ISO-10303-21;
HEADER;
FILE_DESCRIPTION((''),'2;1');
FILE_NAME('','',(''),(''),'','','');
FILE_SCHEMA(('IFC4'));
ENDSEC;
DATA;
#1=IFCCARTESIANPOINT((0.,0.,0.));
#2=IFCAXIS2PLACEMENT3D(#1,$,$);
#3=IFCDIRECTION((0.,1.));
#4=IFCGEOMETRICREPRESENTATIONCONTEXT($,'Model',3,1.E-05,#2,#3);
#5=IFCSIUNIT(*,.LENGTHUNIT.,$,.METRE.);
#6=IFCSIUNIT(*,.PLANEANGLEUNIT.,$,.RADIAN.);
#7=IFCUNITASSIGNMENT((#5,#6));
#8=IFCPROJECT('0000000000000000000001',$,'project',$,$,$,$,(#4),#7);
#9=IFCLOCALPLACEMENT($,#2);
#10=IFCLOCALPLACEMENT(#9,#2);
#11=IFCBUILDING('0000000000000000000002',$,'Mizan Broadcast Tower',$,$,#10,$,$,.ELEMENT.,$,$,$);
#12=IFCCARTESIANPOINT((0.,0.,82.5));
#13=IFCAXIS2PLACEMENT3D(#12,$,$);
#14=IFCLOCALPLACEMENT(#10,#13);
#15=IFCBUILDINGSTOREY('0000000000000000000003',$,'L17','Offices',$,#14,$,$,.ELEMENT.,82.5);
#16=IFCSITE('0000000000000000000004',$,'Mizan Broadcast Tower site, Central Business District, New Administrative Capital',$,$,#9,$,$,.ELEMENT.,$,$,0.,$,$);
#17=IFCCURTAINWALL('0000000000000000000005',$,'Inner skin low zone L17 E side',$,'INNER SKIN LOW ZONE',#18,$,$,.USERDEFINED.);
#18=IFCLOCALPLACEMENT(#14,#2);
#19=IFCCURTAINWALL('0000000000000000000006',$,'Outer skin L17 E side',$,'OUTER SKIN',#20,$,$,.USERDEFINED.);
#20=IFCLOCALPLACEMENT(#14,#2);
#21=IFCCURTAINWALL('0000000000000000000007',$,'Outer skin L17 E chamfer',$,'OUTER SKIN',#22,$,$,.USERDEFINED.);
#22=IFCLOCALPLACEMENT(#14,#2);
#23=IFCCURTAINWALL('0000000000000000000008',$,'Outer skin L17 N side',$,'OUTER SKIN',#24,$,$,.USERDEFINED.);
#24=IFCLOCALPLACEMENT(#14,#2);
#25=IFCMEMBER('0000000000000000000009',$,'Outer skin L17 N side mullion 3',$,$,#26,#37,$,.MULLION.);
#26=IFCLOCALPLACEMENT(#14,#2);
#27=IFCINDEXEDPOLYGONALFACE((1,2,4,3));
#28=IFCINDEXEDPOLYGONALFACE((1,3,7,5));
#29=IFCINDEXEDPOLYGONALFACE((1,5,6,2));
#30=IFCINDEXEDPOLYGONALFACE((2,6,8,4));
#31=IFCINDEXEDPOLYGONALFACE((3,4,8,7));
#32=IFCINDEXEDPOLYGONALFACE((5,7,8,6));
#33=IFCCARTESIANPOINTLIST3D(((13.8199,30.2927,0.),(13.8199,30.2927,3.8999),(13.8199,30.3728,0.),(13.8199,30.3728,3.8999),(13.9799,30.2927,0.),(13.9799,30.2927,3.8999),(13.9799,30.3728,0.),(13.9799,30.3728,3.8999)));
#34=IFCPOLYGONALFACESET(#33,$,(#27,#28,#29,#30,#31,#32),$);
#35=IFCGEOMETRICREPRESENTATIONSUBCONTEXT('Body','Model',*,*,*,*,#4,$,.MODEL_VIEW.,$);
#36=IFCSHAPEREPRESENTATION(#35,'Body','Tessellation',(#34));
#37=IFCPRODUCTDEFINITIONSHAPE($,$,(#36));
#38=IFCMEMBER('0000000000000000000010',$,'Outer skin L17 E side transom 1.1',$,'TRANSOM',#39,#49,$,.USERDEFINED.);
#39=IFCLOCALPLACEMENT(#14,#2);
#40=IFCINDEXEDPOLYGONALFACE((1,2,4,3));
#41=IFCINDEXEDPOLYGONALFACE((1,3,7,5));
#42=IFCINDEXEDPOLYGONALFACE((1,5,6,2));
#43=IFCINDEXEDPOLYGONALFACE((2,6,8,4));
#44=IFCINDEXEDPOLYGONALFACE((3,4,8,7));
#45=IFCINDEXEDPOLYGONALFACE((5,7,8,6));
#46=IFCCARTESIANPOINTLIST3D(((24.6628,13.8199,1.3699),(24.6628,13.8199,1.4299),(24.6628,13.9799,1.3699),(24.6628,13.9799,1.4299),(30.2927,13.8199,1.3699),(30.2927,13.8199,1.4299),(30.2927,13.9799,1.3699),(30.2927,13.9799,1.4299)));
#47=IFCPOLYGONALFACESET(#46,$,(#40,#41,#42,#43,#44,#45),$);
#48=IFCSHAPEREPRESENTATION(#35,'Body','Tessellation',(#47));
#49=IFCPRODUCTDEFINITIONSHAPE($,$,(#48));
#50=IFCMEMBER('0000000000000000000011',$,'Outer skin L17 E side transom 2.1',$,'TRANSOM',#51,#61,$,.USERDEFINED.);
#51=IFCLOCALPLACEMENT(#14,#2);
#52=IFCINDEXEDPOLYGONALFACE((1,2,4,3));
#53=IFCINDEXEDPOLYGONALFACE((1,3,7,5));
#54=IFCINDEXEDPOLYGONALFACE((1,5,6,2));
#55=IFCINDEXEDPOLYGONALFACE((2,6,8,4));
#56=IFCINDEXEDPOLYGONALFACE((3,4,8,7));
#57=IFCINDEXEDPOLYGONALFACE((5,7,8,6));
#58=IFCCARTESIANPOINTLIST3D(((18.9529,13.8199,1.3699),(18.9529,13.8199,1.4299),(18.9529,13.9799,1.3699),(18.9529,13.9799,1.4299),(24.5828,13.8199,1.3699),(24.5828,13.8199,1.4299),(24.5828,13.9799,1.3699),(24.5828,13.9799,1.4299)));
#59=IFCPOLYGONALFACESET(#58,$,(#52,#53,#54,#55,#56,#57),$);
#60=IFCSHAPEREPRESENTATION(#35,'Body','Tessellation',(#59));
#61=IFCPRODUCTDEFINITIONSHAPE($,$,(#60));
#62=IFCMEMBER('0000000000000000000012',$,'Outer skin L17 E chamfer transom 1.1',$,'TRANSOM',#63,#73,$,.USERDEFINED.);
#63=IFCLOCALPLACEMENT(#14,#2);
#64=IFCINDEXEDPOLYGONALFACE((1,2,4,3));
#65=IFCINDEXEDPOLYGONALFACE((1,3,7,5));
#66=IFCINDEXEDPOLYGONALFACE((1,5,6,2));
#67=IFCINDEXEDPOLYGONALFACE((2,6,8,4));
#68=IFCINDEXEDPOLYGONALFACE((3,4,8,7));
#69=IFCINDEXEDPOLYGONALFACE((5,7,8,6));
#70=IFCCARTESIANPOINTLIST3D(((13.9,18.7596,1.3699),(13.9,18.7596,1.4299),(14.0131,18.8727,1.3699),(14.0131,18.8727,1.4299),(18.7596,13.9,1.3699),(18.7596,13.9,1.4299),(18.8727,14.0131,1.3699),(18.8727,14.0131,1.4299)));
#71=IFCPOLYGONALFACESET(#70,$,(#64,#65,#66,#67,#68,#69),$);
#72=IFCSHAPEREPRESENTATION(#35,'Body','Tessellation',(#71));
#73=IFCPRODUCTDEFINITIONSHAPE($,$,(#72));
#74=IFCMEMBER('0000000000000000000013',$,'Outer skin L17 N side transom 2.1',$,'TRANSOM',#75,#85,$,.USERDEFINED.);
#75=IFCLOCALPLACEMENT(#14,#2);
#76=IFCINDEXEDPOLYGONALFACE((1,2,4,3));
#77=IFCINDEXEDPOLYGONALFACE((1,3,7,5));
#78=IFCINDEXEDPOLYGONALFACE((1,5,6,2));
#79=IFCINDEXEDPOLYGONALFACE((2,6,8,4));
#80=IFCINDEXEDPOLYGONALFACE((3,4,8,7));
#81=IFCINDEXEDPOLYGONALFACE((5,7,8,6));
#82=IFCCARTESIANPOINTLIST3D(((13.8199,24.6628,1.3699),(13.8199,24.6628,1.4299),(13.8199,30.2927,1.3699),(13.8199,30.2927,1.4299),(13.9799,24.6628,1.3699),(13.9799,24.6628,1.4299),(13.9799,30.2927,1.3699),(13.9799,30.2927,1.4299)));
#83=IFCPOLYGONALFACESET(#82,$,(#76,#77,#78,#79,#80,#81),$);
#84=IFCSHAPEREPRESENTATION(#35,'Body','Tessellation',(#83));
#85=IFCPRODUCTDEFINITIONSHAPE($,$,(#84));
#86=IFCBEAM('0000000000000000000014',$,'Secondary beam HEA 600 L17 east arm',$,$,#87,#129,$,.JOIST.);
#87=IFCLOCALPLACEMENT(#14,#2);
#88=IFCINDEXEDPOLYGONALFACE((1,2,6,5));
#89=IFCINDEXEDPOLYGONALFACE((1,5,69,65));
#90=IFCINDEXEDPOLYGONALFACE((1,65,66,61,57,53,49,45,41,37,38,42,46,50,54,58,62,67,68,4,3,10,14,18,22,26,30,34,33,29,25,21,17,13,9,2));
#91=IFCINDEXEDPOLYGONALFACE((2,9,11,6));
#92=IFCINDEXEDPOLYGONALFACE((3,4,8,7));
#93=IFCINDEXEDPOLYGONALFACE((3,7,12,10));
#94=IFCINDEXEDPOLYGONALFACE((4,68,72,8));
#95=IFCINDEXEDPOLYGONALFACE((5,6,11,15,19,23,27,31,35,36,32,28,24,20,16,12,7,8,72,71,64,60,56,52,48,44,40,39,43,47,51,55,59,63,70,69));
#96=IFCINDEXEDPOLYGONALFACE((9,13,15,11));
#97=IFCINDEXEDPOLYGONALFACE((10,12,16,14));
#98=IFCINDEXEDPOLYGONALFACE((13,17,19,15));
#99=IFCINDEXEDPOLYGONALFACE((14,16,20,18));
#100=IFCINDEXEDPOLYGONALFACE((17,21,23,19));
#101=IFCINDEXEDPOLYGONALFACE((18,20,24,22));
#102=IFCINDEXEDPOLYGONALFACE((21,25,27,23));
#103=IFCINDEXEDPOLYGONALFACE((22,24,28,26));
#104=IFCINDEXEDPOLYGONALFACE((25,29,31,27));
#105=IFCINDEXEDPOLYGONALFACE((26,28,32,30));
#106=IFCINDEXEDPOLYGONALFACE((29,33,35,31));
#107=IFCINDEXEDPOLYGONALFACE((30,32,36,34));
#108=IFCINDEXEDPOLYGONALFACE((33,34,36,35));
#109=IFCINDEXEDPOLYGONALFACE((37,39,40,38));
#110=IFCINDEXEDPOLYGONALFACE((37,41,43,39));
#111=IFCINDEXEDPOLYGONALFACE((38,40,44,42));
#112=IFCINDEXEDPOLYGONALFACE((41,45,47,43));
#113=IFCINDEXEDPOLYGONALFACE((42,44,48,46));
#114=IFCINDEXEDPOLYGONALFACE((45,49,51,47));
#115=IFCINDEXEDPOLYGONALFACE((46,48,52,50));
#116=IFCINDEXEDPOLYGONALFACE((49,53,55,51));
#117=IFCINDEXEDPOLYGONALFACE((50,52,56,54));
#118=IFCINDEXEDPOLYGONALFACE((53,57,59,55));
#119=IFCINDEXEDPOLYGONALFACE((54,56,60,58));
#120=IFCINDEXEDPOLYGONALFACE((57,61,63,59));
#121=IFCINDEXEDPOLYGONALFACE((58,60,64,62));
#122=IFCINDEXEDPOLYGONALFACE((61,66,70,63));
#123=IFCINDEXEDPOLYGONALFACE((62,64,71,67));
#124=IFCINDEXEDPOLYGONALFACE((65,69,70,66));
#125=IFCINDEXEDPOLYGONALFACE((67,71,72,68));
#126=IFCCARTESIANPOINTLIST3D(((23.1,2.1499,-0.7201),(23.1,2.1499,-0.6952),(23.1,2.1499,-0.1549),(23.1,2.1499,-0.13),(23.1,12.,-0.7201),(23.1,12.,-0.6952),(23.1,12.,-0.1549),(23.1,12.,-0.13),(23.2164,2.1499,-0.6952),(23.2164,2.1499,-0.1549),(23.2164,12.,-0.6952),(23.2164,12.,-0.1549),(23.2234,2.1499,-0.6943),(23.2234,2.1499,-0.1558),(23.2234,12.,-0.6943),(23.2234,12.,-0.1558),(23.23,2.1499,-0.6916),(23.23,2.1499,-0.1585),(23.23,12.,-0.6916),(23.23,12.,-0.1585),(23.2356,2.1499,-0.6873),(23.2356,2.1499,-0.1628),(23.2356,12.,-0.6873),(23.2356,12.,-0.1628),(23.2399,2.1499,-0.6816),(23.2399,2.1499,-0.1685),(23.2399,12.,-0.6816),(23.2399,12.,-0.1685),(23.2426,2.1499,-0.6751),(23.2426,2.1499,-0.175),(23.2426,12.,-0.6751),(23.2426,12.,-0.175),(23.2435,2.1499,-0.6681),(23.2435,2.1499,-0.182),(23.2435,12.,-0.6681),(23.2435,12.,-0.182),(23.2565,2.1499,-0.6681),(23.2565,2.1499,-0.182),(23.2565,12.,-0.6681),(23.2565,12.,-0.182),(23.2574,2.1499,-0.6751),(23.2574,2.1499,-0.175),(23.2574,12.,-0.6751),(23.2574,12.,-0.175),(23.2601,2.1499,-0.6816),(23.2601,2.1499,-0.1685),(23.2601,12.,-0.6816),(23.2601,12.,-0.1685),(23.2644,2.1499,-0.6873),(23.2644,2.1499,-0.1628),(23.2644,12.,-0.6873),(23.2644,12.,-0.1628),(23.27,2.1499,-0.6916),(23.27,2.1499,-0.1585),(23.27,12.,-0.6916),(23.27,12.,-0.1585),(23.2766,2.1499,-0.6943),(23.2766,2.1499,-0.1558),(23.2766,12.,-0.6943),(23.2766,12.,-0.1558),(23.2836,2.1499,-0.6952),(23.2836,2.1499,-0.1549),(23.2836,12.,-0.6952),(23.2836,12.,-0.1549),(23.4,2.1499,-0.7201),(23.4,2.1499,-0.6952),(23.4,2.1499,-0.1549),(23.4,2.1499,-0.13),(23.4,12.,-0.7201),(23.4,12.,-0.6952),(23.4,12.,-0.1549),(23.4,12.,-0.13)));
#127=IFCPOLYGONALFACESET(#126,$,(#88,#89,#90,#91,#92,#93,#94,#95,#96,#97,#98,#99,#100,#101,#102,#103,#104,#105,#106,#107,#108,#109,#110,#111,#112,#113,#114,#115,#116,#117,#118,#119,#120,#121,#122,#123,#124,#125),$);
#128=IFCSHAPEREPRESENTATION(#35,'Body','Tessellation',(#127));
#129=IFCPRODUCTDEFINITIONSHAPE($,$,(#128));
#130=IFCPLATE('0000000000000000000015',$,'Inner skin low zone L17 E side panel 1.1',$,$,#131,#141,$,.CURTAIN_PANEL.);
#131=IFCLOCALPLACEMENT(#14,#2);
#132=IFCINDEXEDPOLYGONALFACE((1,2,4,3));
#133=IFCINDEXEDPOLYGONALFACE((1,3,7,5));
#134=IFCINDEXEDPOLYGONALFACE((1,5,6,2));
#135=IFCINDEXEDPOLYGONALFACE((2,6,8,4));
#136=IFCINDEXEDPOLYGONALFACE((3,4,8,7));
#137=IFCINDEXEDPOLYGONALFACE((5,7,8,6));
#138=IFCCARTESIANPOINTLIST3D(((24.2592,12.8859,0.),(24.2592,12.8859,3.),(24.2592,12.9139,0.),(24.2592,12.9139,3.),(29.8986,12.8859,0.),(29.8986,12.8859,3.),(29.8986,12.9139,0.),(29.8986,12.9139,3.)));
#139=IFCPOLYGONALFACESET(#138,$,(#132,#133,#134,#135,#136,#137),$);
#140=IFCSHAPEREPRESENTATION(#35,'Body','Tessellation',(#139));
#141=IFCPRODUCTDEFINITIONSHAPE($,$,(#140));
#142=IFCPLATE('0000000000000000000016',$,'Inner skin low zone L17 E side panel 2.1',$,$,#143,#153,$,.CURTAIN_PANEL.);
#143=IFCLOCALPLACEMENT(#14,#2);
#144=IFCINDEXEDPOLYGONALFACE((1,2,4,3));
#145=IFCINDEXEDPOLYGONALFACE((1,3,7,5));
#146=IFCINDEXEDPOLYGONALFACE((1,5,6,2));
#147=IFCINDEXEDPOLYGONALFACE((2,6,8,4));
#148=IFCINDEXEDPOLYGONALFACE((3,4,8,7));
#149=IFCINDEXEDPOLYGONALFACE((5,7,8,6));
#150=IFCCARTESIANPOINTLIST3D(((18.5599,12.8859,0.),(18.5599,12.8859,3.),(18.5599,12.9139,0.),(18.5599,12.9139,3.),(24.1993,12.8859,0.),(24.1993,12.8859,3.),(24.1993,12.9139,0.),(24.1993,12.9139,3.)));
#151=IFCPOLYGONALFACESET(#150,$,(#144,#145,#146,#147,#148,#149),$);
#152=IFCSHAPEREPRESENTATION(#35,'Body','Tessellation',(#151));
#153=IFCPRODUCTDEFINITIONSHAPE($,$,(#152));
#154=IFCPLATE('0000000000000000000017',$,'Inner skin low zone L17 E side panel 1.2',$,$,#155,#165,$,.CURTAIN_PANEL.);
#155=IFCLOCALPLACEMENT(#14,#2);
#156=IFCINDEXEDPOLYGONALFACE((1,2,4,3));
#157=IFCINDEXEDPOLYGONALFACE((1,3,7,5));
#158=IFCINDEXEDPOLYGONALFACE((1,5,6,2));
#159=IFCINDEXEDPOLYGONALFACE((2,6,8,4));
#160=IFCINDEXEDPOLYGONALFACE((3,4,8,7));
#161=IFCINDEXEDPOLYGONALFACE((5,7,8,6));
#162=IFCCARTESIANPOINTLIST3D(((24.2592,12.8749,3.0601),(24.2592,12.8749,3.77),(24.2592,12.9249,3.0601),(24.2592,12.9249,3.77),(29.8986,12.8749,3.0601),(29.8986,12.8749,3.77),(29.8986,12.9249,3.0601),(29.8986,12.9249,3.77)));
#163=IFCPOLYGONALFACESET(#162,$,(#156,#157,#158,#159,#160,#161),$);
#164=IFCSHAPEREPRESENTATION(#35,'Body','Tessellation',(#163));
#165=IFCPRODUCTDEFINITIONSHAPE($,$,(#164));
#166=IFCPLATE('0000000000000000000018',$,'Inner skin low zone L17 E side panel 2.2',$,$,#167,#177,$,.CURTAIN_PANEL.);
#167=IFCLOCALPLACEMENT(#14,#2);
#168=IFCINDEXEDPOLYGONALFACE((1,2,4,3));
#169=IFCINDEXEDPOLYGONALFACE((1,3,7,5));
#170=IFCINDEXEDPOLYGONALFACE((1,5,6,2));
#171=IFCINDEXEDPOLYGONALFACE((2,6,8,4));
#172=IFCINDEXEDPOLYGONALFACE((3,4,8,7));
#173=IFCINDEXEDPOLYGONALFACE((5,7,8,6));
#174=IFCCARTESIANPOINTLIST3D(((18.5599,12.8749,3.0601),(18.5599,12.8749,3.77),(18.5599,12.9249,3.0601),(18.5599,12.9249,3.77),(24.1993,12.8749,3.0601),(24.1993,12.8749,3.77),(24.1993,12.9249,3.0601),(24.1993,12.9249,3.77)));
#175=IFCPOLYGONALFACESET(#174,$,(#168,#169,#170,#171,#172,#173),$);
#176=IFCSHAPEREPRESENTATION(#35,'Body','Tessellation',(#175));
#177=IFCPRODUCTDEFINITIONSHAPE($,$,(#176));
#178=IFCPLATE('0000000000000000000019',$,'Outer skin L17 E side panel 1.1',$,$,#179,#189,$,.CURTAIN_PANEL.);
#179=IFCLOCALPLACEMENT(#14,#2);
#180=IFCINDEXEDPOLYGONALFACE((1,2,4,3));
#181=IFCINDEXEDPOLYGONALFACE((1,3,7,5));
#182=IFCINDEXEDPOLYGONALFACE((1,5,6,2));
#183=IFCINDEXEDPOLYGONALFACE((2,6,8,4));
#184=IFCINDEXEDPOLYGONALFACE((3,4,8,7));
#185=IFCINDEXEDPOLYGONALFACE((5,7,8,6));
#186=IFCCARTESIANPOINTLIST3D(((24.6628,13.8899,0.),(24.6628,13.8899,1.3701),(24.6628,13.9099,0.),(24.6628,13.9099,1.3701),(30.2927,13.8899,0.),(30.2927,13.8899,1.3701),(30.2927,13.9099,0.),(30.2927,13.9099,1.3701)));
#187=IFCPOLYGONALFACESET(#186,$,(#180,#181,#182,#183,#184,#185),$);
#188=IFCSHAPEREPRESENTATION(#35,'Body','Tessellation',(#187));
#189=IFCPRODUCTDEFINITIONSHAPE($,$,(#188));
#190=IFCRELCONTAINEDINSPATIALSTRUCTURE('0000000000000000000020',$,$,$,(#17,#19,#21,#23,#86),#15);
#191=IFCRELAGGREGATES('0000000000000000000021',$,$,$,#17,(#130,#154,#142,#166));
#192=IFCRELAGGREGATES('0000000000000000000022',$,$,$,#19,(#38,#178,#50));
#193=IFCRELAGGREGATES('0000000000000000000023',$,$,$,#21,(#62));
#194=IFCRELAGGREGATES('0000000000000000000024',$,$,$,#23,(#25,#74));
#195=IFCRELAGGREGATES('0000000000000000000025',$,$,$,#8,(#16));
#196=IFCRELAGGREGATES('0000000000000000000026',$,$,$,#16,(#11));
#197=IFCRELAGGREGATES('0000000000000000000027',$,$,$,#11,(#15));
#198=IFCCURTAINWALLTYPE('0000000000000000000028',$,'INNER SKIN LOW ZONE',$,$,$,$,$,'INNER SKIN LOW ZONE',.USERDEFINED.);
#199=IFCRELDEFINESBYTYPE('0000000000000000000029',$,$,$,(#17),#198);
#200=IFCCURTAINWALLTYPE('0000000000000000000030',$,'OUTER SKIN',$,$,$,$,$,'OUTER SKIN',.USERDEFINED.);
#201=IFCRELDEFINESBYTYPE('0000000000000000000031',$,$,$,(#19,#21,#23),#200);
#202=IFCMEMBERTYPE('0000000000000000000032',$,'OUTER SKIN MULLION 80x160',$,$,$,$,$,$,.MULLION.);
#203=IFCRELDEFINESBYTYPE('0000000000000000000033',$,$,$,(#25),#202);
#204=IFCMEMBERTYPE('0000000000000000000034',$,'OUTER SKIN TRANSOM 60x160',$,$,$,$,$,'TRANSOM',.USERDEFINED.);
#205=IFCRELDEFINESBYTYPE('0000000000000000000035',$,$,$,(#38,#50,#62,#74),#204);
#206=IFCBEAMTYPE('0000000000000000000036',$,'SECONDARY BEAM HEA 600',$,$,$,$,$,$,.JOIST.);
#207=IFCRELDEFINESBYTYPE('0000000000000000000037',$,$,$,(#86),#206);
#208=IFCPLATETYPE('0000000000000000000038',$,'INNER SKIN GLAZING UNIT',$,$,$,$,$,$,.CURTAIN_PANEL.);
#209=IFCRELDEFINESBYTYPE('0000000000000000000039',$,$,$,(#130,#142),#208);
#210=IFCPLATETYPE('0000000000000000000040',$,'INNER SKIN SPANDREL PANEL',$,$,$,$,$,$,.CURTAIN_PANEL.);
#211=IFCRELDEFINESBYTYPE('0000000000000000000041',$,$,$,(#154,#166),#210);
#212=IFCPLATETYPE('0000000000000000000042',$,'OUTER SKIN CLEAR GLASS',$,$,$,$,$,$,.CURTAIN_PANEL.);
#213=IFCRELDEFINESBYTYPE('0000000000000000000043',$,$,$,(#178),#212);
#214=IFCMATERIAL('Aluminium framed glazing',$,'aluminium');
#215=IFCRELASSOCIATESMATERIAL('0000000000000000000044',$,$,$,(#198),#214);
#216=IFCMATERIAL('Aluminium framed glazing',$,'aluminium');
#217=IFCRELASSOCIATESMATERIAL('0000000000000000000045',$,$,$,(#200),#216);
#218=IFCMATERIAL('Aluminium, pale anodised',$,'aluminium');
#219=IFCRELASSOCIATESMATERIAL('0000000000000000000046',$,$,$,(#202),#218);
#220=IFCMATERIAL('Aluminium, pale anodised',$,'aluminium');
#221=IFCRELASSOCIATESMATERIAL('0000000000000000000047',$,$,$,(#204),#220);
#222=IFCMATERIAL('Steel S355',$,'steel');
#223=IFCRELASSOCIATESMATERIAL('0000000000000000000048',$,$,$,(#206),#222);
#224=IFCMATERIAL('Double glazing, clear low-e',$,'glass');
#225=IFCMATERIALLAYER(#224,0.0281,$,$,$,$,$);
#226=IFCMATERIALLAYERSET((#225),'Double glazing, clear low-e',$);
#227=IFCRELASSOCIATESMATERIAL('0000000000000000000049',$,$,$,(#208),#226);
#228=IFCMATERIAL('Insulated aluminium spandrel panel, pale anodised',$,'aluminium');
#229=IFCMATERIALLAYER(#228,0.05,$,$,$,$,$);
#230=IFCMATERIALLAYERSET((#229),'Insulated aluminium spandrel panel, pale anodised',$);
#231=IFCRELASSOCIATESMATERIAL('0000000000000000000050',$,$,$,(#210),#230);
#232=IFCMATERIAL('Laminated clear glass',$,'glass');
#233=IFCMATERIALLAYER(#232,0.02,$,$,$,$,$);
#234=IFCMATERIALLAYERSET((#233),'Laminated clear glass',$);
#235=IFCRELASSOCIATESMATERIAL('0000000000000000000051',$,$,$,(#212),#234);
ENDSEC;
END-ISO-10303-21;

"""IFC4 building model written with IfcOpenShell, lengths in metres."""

from ifc_helpers import new_model, si_unit, direction, frame, origin, origin_2d, place, context, subcontext, project, spatial, rectangle, i_section, extrude, material, layer, layer_set, material_profile, profile_set, type_object, element, aggregate, save


model = new_model("IFC4")

# Units and contexts
model_context = context("Model", 3, precision=1e-05, world=origin(), true_north=direction((0.0, 1.0)))
body_context = subcontext(model_context, "Body", "Model", "MODEL_VIEW")
ifc_project = project(units=[si_unit("LENGTHUNIT", "METRE"), si_unit("PLANEANGLEUNIT", "RADIAN")], contexts=[model_context])

# Site, building, storey
site_placement = place(None, origin())
site = spatial("IfcSite", under=ifc_project, at=site_placement, Name="Mizan Broadcast Tower site, Central Business District, New Administrative Capital", CompositionType="ELEMENT", RefElevation=0.0)
building_placement = place(site_placement, origin())
building = spatial("IfcBuilding", under=site, at=building_placement, Name="Mizan Broadcast Tower", CompositionType="ELEMENT")
storey_placement = place(building_placement, frame((0.0, 0.0, 82.5)))
storey = spatial("IfcBuildingStorey", under=building, at=storey_placement, Name="L17", Description="Offices", CompositionType="ELEMENT", Elevation=82.5)

# Shared definitions
ifc_material_1 = material(Name="Aluminium framed glazing", Category="aluminium")
curtain_wall_type_1 = type_object("IfcCurtainWallType", Name="INNER SKIN LOW ZONE", ElementType="INNER SKIN LOW ZONE", PredefinedType="USERDEFINED", material=ifc_material_1)

# Curtain wall
curtain_wall_1_placement = place(storey_placement, origin())
curtain_wall_1 = element("IfcCurtainWall", 1, at=curtain_wall_1_placement, inside=storey, type_object=curtain_wall_type_1, Name="Inner skin low zone L17 E side", ObjectType="INNER SKIN LOW ZONE", PredefinedType="USERDEFINED")

# Shared definitions
ifc_material_2 = material(Name="Aluminium framed glazing", Category="aluminium")
curtain_wall_type_2 = type_object("IfcCurtainWallType", Name="OUTER SKIN", ElementType="OUTER SKIN", PredefinedType="USERDEFINED", material=ifc_material_2)
ifc_material_3 = material(Name="Aluminium, pale anodised", Category="aluminium")
ifc_material_profile_1 = material_profile(ifc_material_3, rectangle(XDim=0.1599, YDim=0.0801, at=origin_2d()), Name="MULLION 160x80")
ifc_profile_set_1 = profile_set([ifc_material_profile_1], Name="Aluminium, pale anodised")
member_type_1 = type_object("IfcMemberType", Name="OUTER SKIN MULLION 80x160", PredefinedType="MULLION", material=ifc_profile_set_1)

# Curtain wall
curtain_wall_2_placement = place(storey_placement, origin())
curtain_wall_2 = element("IfcCurtainWall", 2, at=curtain_wall_2_placement, inside=storey, type_object=curtain_wall_type_2, Name="Outer skin L17 E side", ObjectType="OUTER SKIN", PredefinedType="USERDEFINED")

# Curtain wall
curtain_wall_3_placement = place(storey_placement, origin())
curtain_wall_3 = element("IfcCurtainWall", 3, at=curtain_wall_3_placement, inside=storey, type_object=curtain_wall_type_2, Name="Outer skin L17 E chamfer", ObjectType="OUTER SKIN", PredefinedType="USERDEFINED")

# Curtain wall, member
curtain_wall_4_placement = place(storey_placement, origin())
curtain_wall_4 = element("IfcCurtainWall", 4, at=curtain_wall_4_placement, inside=storey, type_object=curtain_wall_type_2, Name="Outer skin L17 N side", ObjectType="OUTER SKIN", PredefinedType="USERDEFINED")
member_1_placement = place(storey_placement, frame((13.8999, 30.3328, 0.0), z_axis=(0.0, 0.0, 1.0), x_axis=(-1.0, 0.0, 0.0)))
member_1 = element("IfcMember", 5, at=member_1_placement, type_object=member_type_1, Name="Outer skin L17 N side mullion 3", PredefinedType="MULLION", context=body_context, shape_type="SweptSolid", body=[
    extrude(rectangle(XDim=0.1599, YDim=0.0801, at=origin_2d()), origin(), (0.0, 0.0, 1.0), 3.8999),
])

# Members
ifc_material_4 = material(Name="Aluminium, pale anodised", Category="aluminium")
ifc_material_profile_2 = material_profile(ifc_material_4, rectangle(XDim=0.1599, YDim=0.0601, at=origin_2d()), Name="TRANSOM 160x60")
ifc_profile_set_2 = profile_set([ifc_material_profile_2], Name="Aluminium, pale anodised")
member_type_2 = type_object("IfcMemberType", Name="OUTER SKIN TRANSOM 60x160", ElementType="TRANSOM", PredefinedType="USERDEFINED", material=ifc_profile_set_2)
member_2_placement = place(storey_placement, frame((30.2927, 13.8999, 1.3999), z_axis=(-1.0, 0.0, 0.0), x_axis=(0.0, -1.0, 0.0)))
member_2 = element("IfcMember", 6, at=member_2_placement, type_object=member_type_2, Name="Outer skin L17 E side transom 1.1", ObjectType="TRANSOM", PredefinedType="USERDEFINED", context=body_context, shape_type="SweptSolid", body=[
    extrude(rectangle(XDim=0.1599, YDim=0.0601, at=origin_2d()), origin(), (0.0, 0.0, 1.0), 5.6299),
])
member_3_placement = place(storey_placement, frame((24.5828, 13.8999, 1.3999), z_axis=(-1.0, 0.0, 0.0), x_axis=(0.0, -1.0, 0.0)))
member_3 = element("IfcMember", 7, at=member_3_placement, type_object=member_type_2, Name="Outer skin L17 E side transom 2.1", ObjectType="TRANSOM", PredefinedType="USERDEFINED", context=body_context, shape_type="SweptSolid", body=[
    extrude(rectangle(XDim=0.1599, YDim=0.0601, at=origin_2d()), origin(), (0.0, 0.0, 1.0), 5.6299),
])
member_4_placement = place(storey_placement, frame((18.8162, 13.9565, 1.3999), z_axis=(-0.707107, 0.707107, 0.0), x_axis=(-0.707107, -0.707107, 0.0)))
member_4 = element("IfcMember", 8, at=member_4_placement, type_object=member_type_2, Name="Outer skin L17 E chamfer transom 1.1", ObjectType="TRANSOM", PredefinedType="USERDEFINED", context=body_context, shape_type="SweptSolid", body=[
    extrude(rectangle(XDim=0.1599, YDim=0.0601, at=origin_2d()), origin(), (0.0, 0.0, 1.0), 6.8726),
])
member_5_placement = place(storey_placement, frame((13.8999, 24.6628, 1.3999), z_axis=(0.0, 1.0, 0.0), x_axis=(-1.0, 0.0, 0.0)))
member_5 = element("IfcMember", 9, at=member_5_placement, type_object=member_type_2, Name="Outer skin L17 N side transom 2.1", ObjectType="TRANSOM", PredefinedType="USERDEFINED", context=body_context, shape_type="SweptSolid", body=[
    extrude(rectangle(XDim=0.1599, YDim=0.0601, at=origin_2d()), origin(), (0.0, 0.0, 1.0), 5.6299),
])

# Beam
ifc_material_5 = material(Name="Steel S355", Category="steel")
ifc_material_profile_3 = material_profile(ifc_material_5, i_section(OverallWidth=0.3, OverallDepth=0.5901, WebThickness=0.0129, FlangeThickness=0.0249, FilletRadius=0.0271, at=origin_2d()), Name="HEA 600")
ifc_profile_set_3 = profile_set([ifc_material_profile_3], Name="Steel S355")
beam_type_1 = type_object("IfcBeamType", Name="SECONDARY BEAM HEA 600", PredefinedType="JOIST", material=ifc_profile_set_3)
beam_1_placement = place(storey_placement, frame((23.25, 12.0, -0.425), z_axis=(0.0, -1.0, 0.0), x_axis=(1.0, 0.0, 0.0)))
element("IfcBeam", 10, at=beam_1_placement, inside=storey, type_object=beam_type_1, Name="Secondary beam HEA 600 L17 east arm", PredefinedType="JOIST", context=body_context, shape_type="SweptSolid", body=[
    extrude(i_section(OverallWidth=0.3, OverallDepth=0.5901, WebThickness=0.0129, FlangeThickness=0.0249, FilletRadius=0.0271, at=origin_2d()), origin(), (0.0, 0.0, 1.0), 9.8501),
])

# Plates
ifc_material_6 = material(Name="Double glazing, clear low-e", Category="glass")
ifc_layer_1 = layer(ifc_material_6, 0.0281)
ifc_layer_set_1 = layer_set([ifc_layer_1], Name="Double glazing, clear low-e")
plate_type_1 = type_object("IfcPlateType", Name="INNER SKIN GLAZING UNIT", PredefinedType="CURTAIN_PANEL", material=ifc_layer_set_1)
plate_1_placement = place(storey_placement, frame((27.0789, 12.8999, 0.0), z_axis=(0.0, 0.0, 1.0), x_axis=(-1.0, 0.0, 0.0)))
plate_1 = element("IfcPlate", 11, at=plate_1_placement, type_object=plate_type_1, Name="Inner skin low zone L17 E side panel 1.1", PredefinedType="CURTAIN_PANEL", context=body_context, shape_type="SweptSolid", body=[
    extrude(rectangle(XDim=5.6394, YDim=0.0281, at=origin_2d()), origin(), (0.0, 0.0, 1.0), 3.0),
])
plate_2_placement = place(storey_placement, frame((21.3796, 12.8999, 0.0), z_axis=(0.0, 0.0, 1.0), x_axis=(-1.0, 0.0, 0.0)))
plate_2 = element("IfcPlate", 12, at=plate_2_placement, type_object=plate_type_1, Name="Inner skin low zone L17 E side panel 2.1", PredefinedType="CURTAIN_PANEL", context=body_context, shape_type="SweptSolid", body=[
    extrude(rectangle(XDim=5.6394, YDim=0.0281, at=origin_2d()), origin(), (0.0, 0.0, 1.0), 3.0),
])
ifc_material_7 = material(Name="Insulated aluminium spandrel panel, pale anodised", Category="aluminium")
ifc_layer_2 = layer(ifc_material_7, 0.05)
ifc_layer_set_2 = layer_set([ifc_layer_2], Name="Insulated aluminium spandrel panel, pale anodised")
plate_type_2 = type_object("IfcPlateType", Name="INNER SKIN SPANDREL PANEL", PredefinedType="CURTAIN_PANEL", material=ifc_layer_set_2)
plate_3_placement = place(storey_placement, frame((27.0789, 12.8999, 3.0601), z_axis=(0.0, 0.0, 1.0), x_axis=(-1.0, 0.0, 0.0)))
plate_3 = element("IfcPlate", 13, at=plate_3_placement, type_object=plate_type_2, Name="Inner skin low zone L17 E side panel 1.2", PredefinedType="CURTAIN_PANEL", context=body_context, shape_type="SweptSolid", body=[
    extrude(rectangle(XDim=5.6394, YDim=0.05, at=origin_2d()), origin(), (0.0, 0.0, 1.0), 0.71),
])
plate_4_placement = place(storey_placement, frame((21.3796, 12.8999, 3.0601), z_axis=(0.0, 0.0, 1.0), x_axis=(-1.0, 0.0, 0.0)))
plate_4 = element("IfcPlate", 14, at=plate_4_placement, type_object=plate_type_2, Name="Inner skin low zone L17 E side panel 2.2", PredefinedType="CURTAIN_PANEL", context=body_context, shape_type="SweptSolid", body=[
    extrude(rectangle(XDim=5.6394, YDim=0.05, at=origin_2d()), origin(), (0.0, 0.0, 1.0), 0.71),
])
aggregate(curtain_wall_1, [plate_1, plate_3, plate_2, plate_4])
ifc_material_8 = material(Name="Laminated clear glass", Category="glass")
ifc_layer_3 = layer(ifc_material_8, 0.02)
ifc_layer_set_3 = layer_set([ifc_layer_3], Name="Laminated clear glass")
plate_type_3 = type_object("IfcPlateType", Name="OUTER SKIN CLEAR GLASS", PredefinedType="CURTAIN_PANEL", material=ifc_layer_set_3)
plate_5_placement = place(storey_placement, frame((27.4778, 13.8999, 0.0), z_axis=(0.0, 0.0, 1.0), x_axis=(-1.0, 0.0, 0.0)))
plate_5 = element("IfcPlate", 15, at=plate_5_placement, type_object=plate_type_3, Name="Outer skin L17 E side panel 1.1", PredefinedType="CURTAIN_PANEL", context=body_context, shape_type="SweptSolid", body=[
    extrude(rectangle(XDim=5.6299, YDim=0.02, at=origin_2d()), origin(), (0.0, 0.0, 1.0), 1.3701),
])
aggregate(curtain_wall_2, [member_2, plate_5, member_3])
aggregate(curtain_wall_3, [member_4])
aggregate(curtain_wall_4, [member_1, member_5])

save(model, "model.ifc")
